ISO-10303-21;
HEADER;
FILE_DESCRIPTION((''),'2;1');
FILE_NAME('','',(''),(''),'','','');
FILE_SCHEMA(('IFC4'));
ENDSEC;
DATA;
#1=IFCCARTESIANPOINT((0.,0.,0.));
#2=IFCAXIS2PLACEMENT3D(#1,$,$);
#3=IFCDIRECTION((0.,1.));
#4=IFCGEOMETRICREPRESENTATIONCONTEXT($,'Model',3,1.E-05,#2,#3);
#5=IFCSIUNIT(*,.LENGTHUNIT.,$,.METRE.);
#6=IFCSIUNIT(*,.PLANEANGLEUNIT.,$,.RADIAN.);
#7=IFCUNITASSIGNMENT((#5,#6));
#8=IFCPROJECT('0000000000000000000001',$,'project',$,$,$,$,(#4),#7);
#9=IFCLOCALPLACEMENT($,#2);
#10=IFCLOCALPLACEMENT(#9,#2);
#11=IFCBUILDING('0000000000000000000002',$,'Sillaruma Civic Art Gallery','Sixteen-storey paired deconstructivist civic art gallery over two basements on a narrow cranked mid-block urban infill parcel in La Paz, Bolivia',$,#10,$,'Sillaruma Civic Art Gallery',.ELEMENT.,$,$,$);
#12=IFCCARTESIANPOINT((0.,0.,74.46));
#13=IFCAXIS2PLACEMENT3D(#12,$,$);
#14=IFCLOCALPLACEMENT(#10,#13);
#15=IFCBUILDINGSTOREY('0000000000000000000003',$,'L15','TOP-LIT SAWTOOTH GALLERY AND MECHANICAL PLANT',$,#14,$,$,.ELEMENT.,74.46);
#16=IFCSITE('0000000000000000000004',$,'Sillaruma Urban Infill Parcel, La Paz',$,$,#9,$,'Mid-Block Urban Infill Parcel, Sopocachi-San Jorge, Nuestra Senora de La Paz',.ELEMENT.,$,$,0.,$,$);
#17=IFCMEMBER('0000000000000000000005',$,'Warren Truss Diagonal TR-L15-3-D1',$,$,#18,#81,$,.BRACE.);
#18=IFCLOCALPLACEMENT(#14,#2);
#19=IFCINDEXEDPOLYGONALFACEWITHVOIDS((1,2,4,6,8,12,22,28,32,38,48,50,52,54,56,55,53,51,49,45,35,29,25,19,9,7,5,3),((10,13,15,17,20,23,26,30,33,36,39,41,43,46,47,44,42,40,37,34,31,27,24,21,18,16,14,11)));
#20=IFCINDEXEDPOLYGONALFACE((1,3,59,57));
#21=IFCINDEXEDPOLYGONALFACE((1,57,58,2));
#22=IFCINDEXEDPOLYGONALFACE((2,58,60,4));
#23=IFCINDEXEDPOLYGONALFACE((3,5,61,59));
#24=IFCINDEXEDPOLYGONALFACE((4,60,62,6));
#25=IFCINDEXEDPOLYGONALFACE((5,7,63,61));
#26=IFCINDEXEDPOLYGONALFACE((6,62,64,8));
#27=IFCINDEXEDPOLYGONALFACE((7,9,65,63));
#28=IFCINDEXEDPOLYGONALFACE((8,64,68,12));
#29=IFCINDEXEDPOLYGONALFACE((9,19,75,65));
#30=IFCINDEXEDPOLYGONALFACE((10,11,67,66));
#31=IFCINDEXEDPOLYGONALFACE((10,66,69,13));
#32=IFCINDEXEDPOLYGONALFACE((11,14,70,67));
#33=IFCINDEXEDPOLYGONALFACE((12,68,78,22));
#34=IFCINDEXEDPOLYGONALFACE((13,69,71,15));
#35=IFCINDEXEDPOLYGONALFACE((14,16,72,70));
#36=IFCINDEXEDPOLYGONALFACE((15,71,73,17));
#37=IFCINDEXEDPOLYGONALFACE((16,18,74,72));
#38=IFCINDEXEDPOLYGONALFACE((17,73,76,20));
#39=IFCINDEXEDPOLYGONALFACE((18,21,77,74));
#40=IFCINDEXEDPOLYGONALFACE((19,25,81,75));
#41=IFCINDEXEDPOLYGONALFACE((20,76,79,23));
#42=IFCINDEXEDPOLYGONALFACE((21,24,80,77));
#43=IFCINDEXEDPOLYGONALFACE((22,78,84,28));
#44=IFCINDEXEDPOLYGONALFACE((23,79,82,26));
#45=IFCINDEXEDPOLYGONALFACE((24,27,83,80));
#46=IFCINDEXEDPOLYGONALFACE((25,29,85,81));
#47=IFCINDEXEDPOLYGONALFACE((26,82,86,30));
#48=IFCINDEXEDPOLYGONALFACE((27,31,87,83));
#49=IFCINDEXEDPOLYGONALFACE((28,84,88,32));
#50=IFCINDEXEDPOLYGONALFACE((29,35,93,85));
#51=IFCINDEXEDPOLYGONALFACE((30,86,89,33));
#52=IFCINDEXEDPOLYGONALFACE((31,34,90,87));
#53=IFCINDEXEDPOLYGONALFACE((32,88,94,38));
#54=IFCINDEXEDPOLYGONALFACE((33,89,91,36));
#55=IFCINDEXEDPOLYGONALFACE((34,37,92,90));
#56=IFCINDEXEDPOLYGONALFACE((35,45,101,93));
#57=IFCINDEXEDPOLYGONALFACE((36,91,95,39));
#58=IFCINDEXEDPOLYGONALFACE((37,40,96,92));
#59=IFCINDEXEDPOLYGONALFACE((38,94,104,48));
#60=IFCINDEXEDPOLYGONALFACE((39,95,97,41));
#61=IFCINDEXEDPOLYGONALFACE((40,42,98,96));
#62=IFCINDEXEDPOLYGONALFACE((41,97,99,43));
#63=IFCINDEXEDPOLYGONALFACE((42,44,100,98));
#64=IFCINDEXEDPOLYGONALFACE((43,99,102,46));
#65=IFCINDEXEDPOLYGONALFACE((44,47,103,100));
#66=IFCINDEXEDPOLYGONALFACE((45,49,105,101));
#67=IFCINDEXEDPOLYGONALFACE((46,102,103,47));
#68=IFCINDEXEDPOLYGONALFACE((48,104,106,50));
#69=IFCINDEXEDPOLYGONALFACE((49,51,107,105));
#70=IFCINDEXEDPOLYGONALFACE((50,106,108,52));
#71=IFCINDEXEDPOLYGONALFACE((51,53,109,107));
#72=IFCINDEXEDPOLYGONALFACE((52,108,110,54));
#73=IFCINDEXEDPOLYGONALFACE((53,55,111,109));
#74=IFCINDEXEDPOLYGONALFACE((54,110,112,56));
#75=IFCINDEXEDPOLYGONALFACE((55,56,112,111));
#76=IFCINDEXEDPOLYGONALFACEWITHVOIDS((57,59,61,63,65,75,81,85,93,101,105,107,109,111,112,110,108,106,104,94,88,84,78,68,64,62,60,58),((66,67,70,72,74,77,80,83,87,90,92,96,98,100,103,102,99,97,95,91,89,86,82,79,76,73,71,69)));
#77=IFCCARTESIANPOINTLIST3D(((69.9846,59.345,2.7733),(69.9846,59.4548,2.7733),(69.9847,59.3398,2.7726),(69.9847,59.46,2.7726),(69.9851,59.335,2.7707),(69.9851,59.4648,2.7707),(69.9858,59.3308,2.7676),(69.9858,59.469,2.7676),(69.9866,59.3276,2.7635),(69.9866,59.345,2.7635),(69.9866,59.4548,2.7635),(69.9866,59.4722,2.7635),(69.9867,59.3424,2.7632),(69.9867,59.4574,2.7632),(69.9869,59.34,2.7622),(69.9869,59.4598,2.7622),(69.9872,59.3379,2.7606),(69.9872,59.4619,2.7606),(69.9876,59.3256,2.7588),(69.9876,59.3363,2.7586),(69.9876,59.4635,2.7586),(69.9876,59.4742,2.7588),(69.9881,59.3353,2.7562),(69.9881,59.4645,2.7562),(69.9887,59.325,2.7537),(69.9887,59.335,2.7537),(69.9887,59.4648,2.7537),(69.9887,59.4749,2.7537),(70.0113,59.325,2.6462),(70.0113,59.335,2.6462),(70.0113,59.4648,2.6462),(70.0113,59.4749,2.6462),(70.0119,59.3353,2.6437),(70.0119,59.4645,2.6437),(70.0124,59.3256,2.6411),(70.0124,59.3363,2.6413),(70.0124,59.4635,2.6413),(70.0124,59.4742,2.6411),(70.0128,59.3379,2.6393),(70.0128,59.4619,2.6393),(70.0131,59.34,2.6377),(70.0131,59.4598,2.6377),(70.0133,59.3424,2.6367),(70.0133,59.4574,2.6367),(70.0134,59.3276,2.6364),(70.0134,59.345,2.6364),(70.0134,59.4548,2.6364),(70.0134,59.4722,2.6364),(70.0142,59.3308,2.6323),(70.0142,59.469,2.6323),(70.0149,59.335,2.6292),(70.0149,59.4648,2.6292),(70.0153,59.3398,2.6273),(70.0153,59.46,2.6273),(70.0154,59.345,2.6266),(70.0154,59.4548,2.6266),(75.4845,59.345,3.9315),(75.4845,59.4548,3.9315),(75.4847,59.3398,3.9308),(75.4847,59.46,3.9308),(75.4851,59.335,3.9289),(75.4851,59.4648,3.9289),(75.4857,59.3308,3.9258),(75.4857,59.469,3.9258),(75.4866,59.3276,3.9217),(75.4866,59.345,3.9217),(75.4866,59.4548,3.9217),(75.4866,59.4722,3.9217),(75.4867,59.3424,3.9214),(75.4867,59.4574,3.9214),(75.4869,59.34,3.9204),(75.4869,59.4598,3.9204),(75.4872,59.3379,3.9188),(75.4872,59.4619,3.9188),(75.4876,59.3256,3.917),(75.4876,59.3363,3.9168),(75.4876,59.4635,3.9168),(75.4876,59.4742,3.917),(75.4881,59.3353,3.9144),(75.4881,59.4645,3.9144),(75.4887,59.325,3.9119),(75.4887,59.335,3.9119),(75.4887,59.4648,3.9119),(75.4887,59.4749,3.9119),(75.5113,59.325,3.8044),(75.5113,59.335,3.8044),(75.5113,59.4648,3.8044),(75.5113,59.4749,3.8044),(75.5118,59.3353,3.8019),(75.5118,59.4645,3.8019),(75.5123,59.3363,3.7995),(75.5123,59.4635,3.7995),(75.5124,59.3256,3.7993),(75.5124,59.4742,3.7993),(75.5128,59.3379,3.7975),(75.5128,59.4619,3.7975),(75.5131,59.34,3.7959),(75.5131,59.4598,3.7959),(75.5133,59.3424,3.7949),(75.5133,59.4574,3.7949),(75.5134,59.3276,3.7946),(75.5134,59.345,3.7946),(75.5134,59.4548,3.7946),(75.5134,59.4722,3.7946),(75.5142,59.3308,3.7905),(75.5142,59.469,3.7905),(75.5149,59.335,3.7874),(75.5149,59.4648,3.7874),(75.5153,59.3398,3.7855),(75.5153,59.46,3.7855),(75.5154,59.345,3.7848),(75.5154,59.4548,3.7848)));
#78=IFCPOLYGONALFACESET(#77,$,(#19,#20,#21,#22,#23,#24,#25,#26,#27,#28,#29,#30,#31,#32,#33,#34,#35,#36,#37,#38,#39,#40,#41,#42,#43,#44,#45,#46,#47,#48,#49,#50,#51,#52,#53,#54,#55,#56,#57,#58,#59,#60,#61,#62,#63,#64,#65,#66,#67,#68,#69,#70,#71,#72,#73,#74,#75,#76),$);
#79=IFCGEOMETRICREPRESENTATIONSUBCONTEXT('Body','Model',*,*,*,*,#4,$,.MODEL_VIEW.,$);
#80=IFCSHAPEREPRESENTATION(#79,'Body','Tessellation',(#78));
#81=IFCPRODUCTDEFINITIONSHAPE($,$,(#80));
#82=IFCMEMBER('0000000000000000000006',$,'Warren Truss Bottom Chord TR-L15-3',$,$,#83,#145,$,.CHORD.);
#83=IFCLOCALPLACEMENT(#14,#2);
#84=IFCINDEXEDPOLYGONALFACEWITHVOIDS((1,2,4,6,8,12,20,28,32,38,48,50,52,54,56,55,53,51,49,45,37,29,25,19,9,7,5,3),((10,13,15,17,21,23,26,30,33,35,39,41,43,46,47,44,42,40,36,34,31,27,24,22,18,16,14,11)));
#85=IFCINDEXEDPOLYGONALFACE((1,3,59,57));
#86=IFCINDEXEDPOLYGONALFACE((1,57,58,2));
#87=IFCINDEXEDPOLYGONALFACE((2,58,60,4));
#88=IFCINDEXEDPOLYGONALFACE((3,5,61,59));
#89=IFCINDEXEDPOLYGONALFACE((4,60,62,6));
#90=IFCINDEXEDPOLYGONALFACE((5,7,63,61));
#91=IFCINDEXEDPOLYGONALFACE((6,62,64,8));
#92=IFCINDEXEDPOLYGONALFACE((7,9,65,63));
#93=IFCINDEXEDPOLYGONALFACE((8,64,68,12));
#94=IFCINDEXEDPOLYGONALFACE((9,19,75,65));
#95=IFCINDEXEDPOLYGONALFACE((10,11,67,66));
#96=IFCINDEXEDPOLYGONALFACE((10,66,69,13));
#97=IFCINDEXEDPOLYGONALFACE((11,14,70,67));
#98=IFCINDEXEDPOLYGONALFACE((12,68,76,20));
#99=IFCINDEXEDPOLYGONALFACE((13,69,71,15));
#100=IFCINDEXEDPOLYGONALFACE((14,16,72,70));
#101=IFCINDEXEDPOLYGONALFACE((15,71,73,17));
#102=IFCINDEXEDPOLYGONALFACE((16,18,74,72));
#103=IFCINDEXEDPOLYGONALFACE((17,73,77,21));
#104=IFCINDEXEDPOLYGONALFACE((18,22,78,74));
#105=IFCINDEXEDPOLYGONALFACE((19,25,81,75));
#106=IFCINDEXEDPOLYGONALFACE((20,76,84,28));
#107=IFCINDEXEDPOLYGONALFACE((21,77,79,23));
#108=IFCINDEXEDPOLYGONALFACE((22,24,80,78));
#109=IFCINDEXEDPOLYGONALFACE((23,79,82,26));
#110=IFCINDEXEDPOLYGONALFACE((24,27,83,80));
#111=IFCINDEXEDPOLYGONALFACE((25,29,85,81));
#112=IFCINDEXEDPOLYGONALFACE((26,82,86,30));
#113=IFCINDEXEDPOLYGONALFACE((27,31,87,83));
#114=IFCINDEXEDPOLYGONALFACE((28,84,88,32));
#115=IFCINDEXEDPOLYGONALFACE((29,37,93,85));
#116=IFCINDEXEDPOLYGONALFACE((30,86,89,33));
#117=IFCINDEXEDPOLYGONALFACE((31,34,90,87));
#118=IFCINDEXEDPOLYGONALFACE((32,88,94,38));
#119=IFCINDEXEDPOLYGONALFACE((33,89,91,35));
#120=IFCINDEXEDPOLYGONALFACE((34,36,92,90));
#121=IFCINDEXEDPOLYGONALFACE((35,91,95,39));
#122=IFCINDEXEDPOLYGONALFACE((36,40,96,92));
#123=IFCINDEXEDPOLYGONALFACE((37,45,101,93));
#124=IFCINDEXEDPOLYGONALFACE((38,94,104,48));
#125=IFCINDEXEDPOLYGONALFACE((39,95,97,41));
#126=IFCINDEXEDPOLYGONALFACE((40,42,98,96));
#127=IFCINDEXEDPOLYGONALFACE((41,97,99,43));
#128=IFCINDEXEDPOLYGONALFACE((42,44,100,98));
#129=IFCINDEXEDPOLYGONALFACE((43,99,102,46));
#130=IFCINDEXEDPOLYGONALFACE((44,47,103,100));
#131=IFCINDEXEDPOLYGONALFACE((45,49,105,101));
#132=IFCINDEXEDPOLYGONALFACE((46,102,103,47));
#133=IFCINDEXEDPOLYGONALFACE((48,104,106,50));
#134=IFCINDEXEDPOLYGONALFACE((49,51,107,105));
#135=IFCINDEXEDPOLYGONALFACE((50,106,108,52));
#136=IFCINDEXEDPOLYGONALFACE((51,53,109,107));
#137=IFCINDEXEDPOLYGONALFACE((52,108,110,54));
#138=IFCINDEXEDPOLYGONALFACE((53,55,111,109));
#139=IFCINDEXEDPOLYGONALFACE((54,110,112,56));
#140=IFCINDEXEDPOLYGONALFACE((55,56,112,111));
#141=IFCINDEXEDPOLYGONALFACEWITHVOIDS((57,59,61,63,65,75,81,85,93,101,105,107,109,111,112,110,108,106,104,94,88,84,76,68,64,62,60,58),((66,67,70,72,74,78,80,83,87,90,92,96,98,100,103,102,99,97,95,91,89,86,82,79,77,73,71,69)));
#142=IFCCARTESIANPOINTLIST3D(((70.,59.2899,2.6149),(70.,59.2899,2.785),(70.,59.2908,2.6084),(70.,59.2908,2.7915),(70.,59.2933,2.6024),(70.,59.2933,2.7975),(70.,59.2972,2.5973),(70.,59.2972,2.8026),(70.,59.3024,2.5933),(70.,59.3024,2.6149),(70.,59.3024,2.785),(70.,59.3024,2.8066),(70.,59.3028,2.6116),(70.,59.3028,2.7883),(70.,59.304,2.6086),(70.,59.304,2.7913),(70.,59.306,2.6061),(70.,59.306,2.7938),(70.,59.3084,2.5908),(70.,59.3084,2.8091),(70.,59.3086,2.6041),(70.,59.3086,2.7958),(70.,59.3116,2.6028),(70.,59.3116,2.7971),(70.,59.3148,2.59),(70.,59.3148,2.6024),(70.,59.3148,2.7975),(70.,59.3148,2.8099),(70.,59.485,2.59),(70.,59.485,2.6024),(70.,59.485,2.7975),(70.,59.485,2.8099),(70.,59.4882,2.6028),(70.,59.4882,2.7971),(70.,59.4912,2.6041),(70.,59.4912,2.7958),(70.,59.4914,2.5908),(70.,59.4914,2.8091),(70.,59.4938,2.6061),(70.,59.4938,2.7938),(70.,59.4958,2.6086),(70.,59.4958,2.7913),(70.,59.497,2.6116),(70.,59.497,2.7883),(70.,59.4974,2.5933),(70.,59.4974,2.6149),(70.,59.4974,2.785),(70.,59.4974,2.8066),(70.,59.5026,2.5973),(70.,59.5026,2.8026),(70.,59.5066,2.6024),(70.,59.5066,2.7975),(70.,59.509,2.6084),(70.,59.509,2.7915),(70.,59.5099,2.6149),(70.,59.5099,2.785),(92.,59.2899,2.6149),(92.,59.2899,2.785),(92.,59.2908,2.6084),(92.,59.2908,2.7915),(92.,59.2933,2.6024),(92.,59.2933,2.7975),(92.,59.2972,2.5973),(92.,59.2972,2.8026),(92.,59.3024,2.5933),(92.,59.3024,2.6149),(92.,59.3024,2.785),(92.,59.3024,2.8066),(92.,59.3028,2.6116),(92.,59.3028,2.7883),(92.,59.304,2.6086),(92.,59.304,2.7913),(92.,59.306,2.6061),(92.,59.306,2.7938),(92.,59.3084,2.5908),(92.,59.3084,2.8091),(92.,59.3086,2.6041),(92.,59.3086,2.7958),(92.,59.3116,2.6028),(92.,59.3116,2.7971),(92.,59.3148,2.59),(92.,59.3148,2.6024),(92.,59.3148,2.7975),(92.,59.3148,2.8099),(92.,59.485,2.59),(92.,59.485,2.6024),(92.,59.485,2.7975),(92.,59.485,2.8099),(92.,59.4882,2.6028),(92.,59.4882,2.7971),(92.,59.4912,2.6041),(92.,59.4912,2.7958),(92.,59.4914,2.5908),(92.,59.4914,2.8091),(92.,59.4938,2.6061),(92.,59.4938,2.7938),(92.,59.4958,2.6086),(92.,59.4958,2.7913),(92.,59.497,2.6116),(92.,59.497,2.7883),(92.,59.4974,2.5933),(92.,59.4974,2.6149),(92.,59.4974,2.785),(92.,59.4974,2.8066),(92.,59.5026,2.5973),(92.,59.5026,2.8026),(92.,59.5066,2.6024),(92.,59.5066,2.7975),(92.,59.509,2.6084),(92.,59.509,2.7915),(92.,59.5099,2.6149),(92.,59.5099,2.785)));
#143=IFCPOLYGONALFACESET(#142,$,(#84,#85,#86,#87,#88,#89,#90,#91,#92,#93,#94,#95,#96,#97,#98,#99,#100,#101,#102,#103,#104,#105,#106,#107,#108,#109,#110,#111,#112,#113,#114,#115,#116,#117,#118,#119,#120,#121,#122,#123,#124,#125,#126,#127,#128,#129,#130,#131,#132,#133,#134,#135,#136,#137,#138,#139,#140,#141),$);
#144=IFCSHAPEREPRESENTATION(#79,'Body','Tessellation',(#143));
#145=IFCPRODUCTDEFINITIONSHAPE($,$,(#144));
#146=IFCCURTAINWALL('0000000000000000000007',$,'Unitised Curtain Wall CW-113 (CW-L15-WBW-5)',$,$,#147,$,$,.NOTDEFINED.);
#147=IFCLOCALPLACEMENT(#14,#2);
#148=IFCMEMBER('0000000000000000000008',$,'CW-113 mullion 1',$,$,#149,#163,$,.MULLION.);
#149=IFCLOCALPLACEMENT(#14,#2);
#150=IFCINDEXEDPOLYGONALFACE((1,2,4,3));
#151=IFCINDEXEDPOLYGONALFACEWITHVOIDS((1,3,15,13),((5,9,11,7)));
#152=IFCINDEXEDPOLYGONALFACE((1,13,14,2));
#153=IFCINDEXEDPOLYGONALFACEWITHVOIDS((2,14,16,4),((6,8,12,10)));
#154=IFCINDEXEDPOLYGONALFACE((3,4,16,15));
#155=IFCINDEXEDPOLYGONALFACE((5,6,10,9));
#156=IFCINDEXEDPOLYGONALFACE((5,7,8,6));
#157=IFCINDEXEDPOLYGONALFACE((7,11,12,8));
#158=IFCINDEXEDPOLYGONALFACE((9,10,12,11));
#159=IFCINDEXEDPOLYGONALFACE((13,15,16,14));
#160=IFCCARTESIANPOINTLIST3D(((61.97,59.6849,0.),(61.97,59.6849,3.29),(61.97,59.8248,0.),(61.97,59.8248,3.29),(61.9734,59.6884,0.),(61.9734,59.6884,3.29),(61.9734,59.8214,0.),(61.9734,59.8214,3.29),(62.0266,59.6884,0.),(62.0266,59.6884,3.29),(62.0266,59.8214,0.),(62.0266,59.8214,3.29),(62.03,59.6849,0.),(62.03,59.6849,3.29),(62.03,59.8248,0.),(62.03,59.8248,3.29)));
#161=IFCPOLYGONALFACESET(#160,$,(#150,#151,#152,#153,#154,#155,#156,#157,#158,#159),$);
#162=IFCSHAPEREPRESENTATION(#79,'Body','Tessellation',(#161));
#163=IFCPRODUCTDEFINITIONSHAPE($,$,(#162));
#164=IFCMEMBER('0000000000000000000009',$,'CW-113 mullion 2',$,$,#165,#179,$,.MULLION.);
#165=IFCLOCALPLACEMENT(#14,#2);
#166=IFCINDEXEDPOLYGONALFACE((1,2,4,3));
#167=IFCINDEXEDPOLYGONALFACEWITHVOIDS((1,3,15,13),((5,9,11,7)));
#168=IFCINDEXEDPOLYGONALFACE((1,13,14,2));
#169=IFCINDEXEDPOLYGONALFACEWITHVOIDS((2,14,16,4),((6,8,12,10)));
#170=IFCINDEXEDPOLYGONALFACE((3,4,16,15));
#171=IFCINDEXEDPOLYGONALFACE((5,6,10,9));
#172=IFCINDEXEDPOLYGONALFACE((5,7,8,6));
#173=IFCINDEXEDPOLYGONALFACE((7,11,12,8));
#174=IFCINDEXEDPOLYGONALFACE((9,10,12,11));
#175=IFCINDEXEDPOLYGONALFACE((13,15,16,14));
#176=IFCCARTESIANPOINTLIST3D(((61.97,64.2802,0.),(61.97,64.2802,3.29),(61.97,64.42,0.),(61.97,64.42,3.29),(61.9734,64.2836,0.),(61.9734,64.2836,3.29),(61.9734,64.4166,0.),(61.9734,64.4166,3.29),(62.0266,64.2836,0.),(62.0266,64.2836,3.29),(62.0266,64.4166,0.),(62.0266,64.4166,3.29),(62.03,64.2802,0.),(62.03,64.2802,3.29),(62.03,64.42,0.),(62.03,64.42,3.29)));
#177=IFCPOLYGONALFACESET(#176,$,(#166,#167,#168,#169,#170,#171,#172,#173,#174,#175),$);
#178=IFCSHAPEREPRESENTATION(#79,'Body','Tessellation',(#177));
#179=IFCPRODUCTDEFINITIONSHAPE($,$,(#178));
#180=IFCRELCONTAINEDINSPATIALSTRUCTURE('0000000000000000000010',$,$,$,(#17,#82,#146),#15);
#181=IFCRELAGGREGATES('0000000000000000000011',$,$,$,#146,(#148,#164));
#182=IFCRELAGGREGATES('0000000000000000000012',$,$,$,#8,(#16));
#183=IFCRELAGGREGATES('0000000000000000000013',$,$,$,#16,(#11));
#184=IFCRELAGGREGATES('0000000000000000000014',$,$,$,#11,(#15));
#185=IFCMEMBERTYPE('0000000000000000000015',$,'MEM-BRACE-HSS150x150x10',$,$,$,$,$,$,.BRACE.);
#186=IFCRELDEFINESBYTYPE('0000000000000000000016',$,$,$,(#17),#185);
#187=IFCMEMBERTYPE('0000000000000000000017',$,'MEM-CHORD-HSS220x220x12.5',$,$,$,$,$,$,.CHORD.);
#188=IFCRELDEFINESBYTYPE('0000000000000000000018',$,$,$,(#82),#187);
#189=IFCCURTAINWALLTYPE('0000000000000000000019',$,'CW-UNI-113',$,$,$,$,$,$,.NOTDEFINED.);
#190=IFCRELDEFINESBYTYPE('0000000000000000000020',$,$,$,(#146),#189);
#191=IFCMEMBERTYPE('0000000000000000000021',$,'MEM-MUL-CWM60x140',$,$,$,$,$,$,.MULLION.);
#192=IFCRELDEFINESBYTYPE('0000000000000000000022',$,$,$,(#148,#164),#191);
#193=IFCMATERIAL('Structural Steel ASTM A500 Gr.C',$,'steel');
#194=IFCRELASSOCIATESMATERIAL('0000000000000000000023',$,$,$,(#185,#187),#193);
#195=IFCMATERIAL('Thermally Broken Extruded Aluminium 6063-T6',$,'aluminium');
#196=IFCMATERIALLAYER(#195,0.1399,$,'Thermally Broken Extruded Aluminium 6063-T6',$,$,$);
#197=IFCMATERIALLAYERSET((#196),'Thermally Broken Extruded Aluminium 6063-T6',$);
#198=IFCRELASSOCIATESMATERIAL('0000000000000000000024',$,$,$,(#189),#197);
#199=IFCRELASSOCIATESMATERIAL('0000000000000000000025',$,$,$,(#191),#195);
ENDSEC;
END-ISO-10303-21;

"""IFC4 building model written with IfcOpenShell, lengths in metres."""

from ifc_helpers import new_model, si_unit, direction, frame, origin, origin_2d, place, context, subcontext, project, spatial, hollow_rectangle, extrude, material, layer, layer_set, material_profile, profile_set, type_object, element, aggregate, save


model = new_model("IFC4")

# Units and contexts
model_context = context("Model", 3, precision=1e-05, world=origin(), true_north=direction((0.0, 1.0)))
body_context = subcontext(model_context, "Body", "Model", "MODEL_VIEW")
ifc_project = project(units=[si_unit("LENGTHUNIT", "METRE"), si_unit("PLANEANGLEUNIT", "RADIAN")], contexts=[model_context])

# Site, building, storey
site_placement = place(None, origin())
site = spatial("IfcSite", under=ifc_project, at=site_placement, Name="Sillaruma Urban Infill Parcel, La Paz", LongName="Mid-Block Urban Infill Parcel, Sopocachi-San Jorge, Nuestra Senora de La Paz", CompositionType="ELEMENT", RefElevation=0.0)
building_placement = place(site_placement, origin())
building = spatial("IfcBuilding", under=site, at=building_placement, Name="Sillaruma Civic Art Gallery", Description="Sixteen-storey paired deconstructivist civic art gallery over two basements on a narrow cranked mid-block urban infill parcel in La Paz, Bolivia", LongName="Sillaruma Civic Art Gallery", CompositionType="ELEMENT")
storey_placement = place(building_placement, frame((0.0, 0.0, 74.46)))
storey = spatial("IfcBuildingStorey", under=building, at=storey_placement, Name="L15", Description="TOP-LIT SAWTOOTH GALLERY AND MECHANICAL PLANT", CompositionType="ELEMENT", Elevation=74.46)

# Members
ifc_material_1 = material(Name="Structural Steel ASTM A500 Gr.C", Category="steel")
ifc_material_profile_1 = material_profile(ifc_material_1, hollow_rectangle(XDim=0.1499, YDim=0.1499, WallThickness=0.01, InnerFilletRadius=0.01, OuterFilletRadius=0.02, at=origin_2d()), Name="HSS150x150x10")
ifc_profile_set_1 = profile_set([ifc_material_profile_1], Name="Structural Steel ASTM A500 Gr.C")
member_type_1 = type_object("IfcMemberType", Name="MEM-BRACE-HSS150x150x10", PredefinedType="BRACE", material=ifc_profile_set_1)
member_1_placement = place(storey_placement, frame((70.0, 59.3999, 2.7), z_axis=(0.978539, 0.0, 0.206063), x_axis=(0.0, 1.0, 0.0)))
element("IfcMember", 1, at=member_1_placement, inside=storey, type_object=member_type_1, Name="Warren Truss Diagonal TR-L15-3-D1", PredefinedType="BRACE", context=body_context, shape_type="SweptSolid", body=[
    extrude(hollow_rectangle(XDim=0.1499, YDim=0.1499, WallThickness=0.01, InnerFilletRadius=0.01, OuterFilletRadius=0.02, at=origin_2d()), origin(), (0.0, 0.0, 1.0), 5.6206),
])
ifc_material_profile_2 = material_profile(ifc_material_1, hollow_rectangle(XDim=0.22, YDim=0.22, WallThickness=0.0125, InnerFilletRadius=0.0125, OuterFilletRadius=0.0249, at=origin_2d()), Name="HSS220x220x12.5")
ifc_profile_set_2 = profile_set([ifc_material_profile_2], Name="Structural Steel ASTM A500 Gr.C")
member_type_2 = type_object("IfcMemberType", Name="MEM-CHORD-HSS220x220x12.5", PredefinedType="CHORD", material=ifc_profile_set_2)
member_2_placement = place(storey_placement, frame((70.0, 59.3999, 2.7), z_axis=(1.0, 0.0, 0.0), x_axis=(0.0, 1.0, 0.0)))
element("IfcMember", 2, at=member_2_placement, inside=storey, type_object=member_type_2, Name="Warren Truss Bottom Chord TR-L15-3", PredefinedType="CHORD", context=body_context, shape_type="SweptSolid", body=[
    extrude(hollow_rectangle(XDim=0.22, YDim=0.22, WallThickness=0.0125, InnerFilletRadius=0.0125, OuterFilletRadius=0.0249, at=origin_2d()), origin(), (0.0, 0.0, 1.0), 22.0),
])

# Curtain wall, members
ifc_material_2 = material(Name="Thermally Broken Extruded Aluminium 6063-T6", Category="aluminium")
ifc_layer_1 = layer(ifc_material_2, 0.1399, Name="Thermally Broken Extruded Aluminium 6063-T6")
ifc_layer_set_1 = layer_set([ifc_layer_1], Name="Thermally Broken Extruded Aluminium 6063-T6")
curtain_wall_type = type_object("IfcCurtainWallType", Name="CW-UNI-113", PredefinedType="NOTDEFINED", material=ifc_layer_set_1)
curtain_wall_placement = place(storey_placement, origin())
curtain_wall = element("IfcCurtainWall", 3, at=curtain_wall_placement, inside=storey, type_object=curtain_wall_type, Name="Unitised Curtain Wall CW-113 (CW-L15-WBW-5)", PredefinedType="NOTDEFINED")
ifc_material_profile_3 = material_profile(ifc_material_2, hollow_rectangle(XDim=0.0601, YDim=0.1399, WallThickness=0.0034, at=origin_2d()), Name="CWM60x140")
ifc_profile_set_3 = profile_set([ifc_material_profile_3], Name="Thermally Broken Extruded Aluminium 6063-T6")
member_type_3 = type_object("IfcMemberType", Name="MEM-MUL-CWM60x140", PredefinedType="MULLION", material=ifc_profile_set_3)
member_3_placement = place(storey_placement, frame((62.0, 59.7549, 0.0), z_axis=(0.0, 0.0, 1.0), x_axis=(-1.0, 0.0, 0.0)))
member_3 = element("IfcMember", 4, at=member_3_placement, type_object=member_type_3, Name="CW-113 mullion 1", PredefinedType="MULLION", context=body_context, shape_type="SweptSolid", body=[
    extrude(hollow_rectangle(XDim=0.0601, YDim=0.1399, WallThickness=0.0034, at=origin_2d()), origin(), (0.0, 0.0, 1.0), 3.29),
])
member_4_placement = place(storey_placement, frame((62.0, 64.3501, 0.0), z_axis=(0.0, 0.0, 1.0), x_axis=(-1.0, 0.0, 0.0)))
member_4 = element("IfcMember", 5, at=member_4_placement, type_object=member_type_3, Name="CW-113 mullion 2", PredefinedType="MULLION", context=body_context, shape_type="SweptSolid", body=[
    extrude(hollow_rectangle(XDim=0.0601, YDim=0.1399, WallThickness=0.0034, at=origin_2d()), origin(), (0.0, 0.0, 1.0), 3.29),
])

aggregate(curtain_wall, [member_3, member_4])

save(model, "model.ifc")
